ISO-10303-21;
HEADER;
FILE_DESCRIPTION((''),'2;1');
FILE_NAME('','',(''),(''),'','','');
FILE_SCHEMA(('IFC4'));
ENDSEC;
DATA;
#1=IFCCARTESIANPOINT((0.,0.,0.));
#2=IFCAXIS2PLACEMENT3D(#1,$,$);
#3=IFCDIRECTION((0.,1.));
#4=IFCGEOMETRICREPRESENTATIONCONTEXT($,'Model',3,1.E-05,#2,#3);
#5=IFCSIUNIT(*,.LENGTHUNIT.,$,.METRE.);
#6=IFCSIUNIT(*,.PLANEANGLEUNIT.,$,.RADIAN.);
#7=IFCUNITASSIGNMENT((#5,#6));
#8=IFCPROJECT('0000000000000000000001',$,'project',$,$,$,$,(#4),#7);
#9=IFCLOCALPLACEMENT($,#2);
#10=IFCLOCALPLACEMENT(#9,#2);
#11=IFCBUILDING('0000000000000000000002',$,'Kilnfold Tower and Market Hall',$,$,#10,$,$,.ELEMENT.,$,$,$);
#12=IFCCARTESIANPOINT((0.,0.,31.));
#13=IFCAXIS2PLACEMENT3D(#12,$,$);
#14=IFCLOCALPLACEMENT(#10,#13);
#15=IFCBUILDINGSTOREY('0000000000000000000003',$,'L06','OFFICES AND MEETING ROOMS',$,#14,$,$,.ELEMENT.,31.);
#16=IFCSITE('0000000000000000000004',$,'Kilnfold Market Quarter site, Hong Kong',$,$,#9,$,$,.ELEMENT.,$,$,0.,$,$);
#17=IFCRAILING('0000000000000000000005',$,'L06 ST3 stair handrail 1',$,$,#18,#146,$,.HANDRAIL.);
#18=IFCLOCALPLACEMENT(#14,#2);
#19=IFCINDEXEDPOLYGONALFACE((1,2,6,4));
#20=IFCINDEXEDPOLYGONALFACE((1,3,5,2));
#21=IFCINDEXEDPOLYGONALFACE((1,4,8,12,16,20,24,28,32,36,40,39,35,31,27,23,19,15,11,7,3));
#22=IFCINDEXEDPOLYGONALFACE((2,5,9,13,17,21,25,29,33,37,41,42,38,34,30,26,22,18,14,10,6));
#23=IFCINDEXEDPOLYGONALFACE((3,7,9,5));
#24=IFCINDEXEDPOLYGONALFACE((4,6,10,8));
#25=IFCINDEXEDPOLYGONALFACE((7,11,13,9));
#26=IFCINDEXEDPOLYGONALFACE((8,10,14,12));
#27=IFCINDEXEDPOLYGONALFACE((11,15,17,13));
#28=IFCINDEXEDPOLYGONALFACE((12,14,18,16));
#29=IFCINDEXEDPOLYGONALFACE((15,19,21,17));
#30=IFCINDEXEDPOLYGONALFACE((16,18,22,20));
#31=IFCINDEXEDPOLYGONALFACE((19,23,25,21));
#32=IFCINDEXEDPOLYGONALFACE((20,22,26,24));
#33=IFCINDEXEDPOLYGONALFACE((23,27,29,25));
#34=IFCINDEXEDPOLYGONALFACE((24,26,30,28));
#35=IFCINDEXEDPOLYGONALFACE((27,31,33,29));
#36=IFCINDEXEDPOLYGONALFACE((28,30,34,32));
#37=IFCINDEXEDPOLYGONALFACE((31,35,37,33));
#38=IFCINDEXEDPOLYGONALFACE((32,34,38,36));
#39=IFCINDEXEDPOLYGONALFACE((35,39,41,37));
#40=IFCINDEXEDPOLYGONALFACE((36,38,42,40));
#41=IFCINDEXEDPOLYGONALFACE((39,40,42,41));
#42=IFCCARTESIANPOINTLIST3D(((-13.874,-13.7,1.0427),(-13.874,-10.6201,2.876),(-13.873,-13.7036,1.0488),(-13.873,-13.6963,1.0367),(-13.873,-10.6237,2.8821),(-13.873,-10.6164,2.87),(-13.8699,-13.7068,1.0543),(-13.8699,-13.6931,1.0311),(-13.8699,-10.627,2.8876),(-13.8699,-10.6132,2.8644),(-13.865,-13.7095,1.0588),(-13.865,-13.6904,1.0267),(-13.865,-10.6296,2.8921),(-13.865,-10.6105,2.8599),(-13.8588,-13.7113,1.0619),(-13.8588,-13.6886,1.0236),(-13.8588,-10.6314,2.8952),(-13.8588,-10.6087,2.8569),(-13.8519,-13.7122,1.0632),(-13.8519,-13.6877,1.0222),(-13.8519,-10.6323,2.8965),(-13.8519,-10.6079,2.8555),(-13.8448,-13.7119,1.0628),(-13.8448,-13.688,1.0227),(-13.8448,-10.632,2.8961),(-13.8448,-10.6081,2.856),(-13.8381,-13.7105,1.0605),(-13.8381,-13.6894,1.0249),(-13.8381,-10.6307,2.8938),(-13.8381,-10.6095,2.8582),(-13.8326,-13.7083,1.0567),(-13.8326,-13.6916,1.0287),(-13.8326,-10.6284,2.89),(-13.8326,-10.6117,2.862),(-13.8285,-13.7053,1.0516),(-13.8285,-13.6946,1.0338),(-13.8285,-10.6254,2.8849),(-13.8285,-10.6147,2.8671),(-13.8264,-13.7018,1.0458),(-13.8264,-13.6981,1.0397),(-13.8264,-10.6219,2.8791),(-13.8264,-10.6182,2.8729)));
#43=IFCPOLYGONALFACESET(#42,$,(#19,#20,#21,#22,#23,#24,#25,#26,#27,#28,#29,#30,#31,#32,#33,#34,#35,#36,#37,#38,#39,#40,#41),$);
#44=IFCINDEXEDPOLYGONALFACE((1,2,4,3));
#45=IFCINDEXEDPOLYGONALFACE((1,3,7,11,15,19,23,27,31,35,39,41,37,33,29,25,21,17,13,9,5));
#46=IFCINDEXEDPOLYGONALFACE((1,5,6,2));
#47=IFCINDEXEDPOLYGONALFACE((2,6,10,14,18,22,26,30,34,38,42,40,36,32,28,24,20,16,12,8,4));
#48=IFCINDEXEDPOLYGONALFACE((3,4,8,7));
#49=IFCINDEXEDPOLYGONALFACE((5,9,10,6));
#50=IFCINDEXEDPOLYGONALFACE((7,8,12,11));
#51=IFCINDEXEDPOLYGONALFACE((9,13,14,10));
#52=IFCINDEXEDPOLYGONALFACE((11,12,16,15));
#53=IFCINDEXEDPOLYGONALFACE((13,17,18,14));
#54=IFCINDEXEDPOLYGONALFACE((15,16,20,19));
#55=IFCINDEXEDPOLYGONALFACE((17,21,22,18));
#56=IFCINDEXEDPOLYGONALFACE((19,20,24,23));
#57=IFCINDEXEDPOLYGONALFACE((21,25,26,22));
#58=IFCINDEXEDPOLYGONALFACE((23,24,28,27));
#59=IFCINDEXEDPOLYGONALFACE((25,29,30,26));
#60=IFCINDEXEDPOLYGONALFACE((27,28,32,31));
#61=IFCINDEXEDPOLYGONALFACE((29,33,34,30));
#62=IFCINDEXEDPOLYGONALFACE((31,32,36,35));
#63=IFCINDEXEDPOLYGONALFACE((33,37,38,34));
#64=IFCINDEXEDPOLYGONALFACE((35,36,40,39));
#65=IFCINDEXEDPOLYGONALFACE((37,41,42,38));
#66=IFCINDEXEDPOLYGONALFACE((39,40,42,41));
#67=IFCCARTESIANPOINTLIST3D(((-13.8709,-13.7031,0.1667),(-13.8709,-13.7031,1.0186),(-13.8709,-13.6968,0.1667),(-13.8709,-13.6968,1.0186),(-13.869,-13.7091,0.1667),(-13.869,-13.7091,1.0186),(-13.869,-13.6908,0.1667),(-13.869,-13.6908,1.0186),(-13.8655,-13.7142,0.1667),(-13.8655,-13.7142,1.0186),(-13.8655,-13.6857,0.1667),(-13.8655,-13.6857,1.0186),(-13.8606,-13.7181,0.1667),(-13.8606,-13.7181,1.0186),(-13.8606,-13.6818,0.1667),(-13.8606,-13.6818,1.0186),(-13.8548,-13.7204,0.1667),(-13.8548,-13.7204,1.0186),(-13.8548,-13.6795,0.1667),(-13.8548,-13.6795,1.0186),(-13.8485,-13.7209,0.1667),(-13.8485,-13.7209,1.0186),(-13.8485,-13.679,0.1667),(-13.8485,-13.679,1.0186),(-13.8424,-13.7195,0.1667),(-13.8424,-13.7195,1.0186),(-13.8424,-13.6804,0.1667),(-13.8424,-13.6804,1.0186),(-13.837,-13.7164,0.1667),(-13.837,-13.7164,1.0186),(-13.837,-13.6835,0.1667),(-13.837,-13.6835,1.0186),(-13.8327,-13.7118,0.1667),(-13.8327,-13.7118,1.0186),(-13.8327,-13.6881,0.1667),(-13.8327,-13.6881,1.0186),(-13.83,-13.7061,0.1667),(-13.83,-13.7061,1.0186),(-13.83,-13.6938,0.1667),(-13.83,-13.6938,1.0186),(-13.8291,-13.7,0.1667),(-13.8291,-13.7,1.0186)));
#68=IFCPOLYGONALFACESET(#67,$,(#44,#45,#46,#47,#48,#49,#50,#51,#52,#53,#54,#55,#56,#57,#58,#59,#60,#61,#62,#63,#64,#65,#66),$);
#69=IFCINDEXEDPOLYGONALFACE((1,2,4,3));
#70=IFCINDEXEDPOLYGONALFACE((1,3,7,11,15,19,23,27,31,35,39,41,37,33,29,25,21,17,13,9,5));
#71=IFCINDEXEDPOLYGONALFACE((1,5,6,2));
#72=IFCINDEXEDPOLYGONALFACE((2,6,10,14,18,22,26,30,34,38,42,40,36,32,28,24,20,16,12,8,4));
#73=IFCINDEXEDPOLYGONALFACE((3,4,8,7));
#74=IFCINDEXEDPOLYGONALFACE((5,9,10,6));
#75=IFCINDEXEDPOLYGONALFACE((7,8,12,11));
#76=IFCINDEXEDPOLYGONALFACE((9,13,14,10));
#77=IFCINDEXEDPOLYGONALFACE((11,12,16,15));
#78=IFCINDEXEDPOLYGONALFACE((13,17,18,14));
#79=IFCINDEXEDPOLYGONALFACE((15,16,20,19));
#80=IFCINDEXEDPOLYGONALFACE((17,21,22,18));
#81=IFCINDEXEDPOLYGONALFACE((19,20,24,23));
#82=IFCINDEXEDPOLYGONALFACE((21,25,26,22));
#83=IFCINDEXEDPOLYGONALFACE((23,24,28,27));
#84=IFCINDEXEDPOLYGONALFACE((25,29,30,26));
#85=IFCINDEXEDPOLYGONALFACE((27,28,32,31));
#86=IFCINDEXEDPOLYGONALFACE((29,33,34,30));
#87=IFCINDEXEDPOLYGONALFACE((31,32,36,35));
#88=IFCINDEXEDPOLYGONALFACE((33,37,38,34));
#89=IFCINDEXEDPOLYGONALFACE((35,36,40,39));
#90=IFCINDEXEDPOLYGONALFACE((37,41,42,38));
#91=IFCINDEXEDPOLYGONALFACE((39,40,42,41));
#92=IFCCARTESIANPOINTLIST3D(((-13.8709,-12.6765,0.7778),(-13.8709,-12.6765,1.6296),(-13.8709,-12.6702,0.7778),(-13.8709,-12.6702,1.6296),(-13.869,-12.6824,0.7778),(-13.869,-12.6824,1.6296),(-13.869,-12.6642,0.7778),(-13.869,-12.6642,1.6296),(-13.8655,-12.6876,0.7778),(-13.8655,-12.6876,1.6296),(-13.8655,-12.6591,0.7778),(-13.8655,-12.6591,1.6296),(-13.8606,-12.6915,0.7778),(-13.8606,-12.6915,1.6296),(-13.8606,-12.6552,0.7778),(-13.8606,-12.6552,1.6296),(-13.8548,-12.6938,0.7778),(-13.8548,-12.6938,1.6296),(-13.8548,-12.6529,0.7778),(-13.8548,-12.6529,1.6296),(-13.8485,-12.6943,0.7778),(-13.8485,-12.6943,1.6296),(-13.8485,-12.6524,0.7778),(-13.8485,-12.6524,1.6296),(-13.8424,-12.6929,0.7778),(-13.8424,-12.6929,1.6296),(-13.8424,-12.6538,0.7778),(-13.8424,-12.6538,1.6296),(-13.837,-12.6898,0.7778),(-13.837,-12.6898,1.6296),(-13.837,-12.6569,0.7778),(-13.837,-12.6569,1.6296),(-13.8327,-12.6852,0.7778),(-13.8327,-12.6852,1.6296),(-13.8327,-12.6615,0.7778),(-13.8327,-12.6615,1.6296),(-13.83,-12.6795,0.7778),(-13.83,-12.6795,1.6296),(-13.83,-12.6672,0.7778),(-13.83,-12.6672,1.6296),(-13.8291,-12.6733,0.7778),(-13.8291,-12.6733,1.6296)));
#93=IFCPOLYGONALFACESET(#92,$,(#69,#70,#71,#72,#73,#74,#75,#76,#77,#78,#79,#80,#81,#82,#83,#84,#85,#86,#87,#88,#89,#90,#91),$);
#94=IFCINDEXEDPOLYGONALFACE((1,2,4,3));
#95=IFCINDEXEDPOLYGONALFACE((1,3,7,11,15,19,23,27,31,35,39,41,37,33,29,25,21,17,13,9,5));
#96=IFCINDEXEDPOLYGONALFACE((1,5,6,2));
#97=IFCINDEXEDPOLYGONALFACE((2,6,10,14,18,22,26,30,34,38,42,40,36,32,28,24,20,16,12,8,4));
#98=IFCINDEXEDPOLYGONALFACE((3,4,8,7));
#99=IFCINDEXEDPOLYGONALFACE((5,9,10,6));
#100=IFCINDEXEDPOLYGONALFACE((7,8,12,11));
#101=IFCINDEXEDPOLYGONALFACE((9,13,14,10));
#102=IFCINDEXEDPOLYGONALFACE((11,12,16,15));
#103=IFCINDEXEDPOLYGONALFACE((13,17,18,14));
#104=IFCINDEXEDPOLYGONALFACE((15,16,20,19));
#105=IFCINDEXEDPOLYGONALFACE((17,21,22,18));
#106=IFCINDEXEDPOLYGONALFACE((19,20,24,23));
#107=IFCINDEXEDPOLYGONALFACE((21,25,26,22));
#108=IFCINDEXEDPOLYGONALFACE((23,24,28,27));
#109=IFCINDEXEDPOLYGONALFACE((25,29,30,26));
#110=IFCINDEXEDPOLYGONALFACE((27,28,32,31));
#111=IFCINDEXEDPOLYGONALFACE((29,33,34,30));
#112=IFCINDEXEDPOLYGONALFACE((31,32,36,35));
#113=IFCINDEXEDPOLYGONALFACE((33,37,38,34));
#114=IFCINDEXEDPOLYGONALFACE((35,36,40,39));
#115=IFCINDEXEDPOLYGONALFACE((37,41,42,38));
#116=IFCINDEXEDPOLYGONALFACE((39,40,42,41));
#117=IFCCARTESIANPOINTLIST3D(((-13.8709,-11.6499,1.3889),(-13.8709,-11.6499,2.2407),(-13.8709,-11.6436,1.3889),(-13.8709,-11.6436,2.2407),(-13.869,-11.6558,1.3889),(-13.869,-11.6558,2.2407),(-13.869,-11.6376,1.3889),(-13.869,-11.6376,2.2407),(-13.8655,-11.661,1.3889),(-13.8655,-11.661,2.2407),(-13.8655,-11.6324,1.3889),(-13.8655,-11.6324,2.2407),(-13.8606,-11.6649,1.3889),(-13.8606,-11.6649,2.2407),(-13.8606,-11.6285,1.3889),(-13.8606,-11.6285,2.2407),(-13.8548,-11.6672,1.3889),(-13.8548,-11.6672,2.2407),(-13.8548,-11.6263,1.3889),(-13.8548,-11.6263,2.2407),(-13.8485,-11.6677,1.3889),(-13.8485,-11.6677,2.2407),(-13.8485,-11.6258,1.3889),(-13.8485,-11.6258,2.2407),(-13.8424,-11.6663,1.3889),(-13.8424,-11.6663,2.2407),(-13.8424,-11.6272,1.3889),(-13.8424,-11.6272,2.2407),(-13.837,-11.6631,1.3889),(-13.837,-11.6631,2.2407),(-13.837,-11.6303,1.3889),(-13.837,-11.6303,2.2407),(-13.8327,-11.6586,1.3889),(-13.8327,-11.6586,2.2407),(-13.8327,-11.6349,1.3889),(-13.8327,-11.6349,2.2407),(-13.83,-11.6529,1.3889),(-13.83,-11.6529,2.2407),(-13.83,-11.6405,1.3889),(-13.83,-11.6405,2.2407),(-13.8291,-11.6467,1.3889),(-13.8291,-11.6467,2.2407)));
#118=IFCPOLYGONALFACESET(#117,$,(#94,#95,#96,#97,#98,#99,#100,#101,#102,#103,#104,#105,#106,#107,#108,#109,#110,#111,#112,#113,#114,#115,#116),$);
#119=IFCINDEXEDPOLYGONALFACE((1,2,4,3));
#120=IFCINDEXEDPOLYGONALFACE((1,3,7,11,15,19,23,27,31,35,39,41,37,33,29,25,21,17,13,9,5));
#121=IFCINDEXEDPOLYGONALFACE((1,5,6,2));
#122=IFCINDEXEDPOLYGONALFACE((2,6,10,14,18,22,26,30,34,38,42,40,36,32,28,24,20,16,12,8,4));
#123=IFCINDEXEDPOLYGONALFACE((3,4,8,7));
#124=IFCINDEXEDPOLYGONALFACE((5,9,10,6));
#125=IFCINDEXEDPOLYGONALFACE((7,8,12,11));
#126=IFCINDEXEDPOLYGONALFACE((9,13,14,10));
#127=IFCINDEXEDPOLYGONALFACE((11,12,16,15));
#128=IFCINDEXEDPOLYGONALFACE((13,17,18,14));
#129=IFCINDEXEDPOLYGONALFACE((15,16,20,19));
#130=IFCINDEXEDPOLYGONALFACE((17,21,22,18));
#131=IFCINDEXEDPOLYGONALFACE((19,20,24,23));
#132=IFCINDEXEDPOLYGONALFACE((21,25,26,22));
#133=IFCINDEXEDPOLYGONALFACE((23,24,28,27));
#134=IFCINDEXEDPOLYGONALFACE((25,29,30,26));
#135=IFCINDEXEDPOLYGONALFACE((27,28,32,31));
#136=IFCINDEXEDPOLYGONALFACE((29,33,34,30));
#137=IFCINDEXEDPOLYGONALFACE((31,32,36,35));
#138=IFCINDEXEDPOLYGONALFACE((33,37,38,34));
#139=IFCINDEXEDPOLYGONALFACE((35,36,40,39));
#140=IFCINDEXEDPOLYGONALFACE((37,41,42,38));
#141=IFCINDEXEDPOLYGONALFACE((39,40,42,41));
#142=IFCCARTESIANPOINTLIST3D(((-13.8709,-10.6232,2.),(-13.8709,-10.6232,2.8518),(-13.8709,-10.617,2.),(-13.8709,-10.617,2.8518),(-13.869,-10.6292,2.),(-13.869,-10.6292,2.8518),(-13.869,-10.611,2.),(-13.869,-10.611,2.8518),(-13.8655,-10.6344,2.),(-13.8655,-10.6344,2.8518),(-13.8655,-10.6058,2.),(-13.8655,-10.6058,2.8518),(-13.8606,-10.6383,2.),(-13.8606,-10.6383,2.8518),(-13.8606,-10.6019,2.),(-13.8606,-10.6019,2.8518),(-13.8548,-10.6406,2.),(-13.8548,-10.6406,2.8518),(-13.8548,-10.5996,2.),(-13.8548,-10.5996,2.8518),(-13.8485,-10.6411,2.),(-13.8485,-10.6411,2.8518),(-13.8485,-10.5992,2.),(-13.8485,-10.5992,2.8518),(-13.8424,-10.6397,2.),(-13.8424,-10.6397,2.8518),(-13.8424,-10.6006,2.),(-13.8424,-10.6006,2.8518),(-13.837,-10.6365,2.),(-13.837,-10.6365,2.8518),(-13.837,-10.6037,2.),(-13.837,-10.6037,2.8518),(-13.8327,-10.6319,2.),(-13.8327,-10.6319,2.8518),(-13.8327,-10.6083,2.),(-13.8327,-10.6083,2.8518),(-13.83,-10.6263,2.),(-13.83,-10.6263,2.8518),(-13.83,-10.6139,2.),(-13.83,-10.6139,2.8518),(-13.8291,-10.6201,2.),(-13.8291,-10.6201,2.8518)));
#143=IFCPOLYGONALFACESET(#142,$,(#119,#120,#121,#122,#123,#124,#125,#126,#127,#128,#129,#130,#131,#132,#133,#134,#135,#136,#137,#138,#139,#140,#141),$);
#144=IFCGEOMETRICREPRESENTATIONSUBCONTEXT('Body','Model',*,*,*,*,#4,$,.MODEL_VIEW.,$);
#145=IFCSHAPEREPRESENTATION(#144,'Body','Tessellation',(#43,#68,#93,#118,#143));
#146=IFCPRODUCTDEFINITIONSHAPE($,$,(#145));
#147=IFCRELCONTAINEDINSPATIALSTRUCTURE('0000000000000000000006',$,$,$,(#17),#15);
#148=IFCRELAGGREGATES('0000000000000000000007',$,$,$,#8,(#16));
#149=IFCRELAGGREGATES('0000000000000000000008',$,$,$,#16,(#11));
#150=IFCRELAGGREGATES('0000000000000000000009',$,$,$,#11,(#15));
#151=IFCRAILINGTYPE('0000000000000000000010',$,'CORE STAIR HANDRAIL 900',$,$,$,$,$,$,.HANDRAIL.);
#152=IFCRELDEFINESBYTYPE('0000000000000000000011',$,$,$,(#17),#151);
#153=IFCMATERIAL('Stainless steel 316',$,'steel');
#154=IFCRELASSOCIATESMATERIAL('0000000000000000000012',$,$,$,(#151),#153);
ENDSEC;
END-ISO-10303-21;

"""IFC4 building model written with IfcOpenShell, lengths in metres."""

from ifc_helpers import new_model, si_unit, direction, frame, origin, origin_2d, place, context, subcontext, project, spatial, circle, extrude, material, type_object, element, save


model = new_model("IFC4")

# Units and contexts
model_context = context("Model", 3, precision=1e-05, world=origin(), true_north=direction((0.0, 1.0)))
body_context = subcontext(model_context, "Body", "Model", "MODEL_VIEW")
ifc_project = project(units=[si_unit("LENGTHUNIT", "METRE"), si_unit("PLANEANGLEUNIT", "RADIAN")], contexts=[model_context])

# Site, building, storey
site_placement = place(None, origin())
site = spatial("IfcSite", under=ifc_project, at=site_placement, Name="Kilnfold Market Quarter site, Hong Kong", CompositionType="ELEMENT", RefElevation=0.0)
building_placement = place(site_placement, origin())
building = spatial("IfcBuilding", under=site, at=building_placement, Name="Kilnfold Tower and Market Hall", CompositionType="ELEMENT")
storey_placement = place(building_placement, frame((0.0, 0.0, 31.0)))
storey = spatial("IfcBuildingStorey", under=building, at=storey_placement, Name="L06", Description="OFFICES AND MEETING ROOMS", CompositionType="ELEMENT", Elevation=31.0)

# Railing
ifc_material_1 = material(Name="Stainless steel 316", Category="steel")
railing_type_1 = type_object("IfcRailingType", Name="CORE STAIR HANDRAIL 900", PredefinedType="HANDRAIL", material=ifc_material_1)
railing_1_placement = place(storey_placement, frame((-13.8501, -13.7, 0.1667)))
element("IfcRailing", 1, at=railing_1_placement, inside=storey, type_object=railing_type_1, Name="L06 ST3 stair handrail 1", PredefinedType="HANDRAIL", context=body_context, shape_type="SweptSolid", body=[
    extrude(circle(Radius=0.0239, at=origin_2d()), frame((0.0, 0.0, 0.876), z_axis=(0.0, 0.859291, 0.511487), x_axis=(-1.0, 0.0, 0.0)), (0.0, 0.0, 1.0), 3.5842),
    extrude(circle(Radius=0.021, at=origin_2d()), origin(), (0.0, 0.0, 1.0), 0.8518),
    extrude(circle(Radius=0.021, at=origin_2d()), frame((0.0, 1.0266, 0.6111)), (0.0, 0.0, 1.0), 0.8518),
    extrude(circle(Radius=0.021, at=origin_2d()), frame((0.0, 2.0532, 1.2222)), (0.0, 0.0, 1.0), 0.8518),
    extrude(circle(Radius=0.021, at=origin_2d()), frame((0.0, 3.0798, 1.8333)), (0.0, 0.0, 1.0), 0.8518),
])

save(model, "model.ifc")
